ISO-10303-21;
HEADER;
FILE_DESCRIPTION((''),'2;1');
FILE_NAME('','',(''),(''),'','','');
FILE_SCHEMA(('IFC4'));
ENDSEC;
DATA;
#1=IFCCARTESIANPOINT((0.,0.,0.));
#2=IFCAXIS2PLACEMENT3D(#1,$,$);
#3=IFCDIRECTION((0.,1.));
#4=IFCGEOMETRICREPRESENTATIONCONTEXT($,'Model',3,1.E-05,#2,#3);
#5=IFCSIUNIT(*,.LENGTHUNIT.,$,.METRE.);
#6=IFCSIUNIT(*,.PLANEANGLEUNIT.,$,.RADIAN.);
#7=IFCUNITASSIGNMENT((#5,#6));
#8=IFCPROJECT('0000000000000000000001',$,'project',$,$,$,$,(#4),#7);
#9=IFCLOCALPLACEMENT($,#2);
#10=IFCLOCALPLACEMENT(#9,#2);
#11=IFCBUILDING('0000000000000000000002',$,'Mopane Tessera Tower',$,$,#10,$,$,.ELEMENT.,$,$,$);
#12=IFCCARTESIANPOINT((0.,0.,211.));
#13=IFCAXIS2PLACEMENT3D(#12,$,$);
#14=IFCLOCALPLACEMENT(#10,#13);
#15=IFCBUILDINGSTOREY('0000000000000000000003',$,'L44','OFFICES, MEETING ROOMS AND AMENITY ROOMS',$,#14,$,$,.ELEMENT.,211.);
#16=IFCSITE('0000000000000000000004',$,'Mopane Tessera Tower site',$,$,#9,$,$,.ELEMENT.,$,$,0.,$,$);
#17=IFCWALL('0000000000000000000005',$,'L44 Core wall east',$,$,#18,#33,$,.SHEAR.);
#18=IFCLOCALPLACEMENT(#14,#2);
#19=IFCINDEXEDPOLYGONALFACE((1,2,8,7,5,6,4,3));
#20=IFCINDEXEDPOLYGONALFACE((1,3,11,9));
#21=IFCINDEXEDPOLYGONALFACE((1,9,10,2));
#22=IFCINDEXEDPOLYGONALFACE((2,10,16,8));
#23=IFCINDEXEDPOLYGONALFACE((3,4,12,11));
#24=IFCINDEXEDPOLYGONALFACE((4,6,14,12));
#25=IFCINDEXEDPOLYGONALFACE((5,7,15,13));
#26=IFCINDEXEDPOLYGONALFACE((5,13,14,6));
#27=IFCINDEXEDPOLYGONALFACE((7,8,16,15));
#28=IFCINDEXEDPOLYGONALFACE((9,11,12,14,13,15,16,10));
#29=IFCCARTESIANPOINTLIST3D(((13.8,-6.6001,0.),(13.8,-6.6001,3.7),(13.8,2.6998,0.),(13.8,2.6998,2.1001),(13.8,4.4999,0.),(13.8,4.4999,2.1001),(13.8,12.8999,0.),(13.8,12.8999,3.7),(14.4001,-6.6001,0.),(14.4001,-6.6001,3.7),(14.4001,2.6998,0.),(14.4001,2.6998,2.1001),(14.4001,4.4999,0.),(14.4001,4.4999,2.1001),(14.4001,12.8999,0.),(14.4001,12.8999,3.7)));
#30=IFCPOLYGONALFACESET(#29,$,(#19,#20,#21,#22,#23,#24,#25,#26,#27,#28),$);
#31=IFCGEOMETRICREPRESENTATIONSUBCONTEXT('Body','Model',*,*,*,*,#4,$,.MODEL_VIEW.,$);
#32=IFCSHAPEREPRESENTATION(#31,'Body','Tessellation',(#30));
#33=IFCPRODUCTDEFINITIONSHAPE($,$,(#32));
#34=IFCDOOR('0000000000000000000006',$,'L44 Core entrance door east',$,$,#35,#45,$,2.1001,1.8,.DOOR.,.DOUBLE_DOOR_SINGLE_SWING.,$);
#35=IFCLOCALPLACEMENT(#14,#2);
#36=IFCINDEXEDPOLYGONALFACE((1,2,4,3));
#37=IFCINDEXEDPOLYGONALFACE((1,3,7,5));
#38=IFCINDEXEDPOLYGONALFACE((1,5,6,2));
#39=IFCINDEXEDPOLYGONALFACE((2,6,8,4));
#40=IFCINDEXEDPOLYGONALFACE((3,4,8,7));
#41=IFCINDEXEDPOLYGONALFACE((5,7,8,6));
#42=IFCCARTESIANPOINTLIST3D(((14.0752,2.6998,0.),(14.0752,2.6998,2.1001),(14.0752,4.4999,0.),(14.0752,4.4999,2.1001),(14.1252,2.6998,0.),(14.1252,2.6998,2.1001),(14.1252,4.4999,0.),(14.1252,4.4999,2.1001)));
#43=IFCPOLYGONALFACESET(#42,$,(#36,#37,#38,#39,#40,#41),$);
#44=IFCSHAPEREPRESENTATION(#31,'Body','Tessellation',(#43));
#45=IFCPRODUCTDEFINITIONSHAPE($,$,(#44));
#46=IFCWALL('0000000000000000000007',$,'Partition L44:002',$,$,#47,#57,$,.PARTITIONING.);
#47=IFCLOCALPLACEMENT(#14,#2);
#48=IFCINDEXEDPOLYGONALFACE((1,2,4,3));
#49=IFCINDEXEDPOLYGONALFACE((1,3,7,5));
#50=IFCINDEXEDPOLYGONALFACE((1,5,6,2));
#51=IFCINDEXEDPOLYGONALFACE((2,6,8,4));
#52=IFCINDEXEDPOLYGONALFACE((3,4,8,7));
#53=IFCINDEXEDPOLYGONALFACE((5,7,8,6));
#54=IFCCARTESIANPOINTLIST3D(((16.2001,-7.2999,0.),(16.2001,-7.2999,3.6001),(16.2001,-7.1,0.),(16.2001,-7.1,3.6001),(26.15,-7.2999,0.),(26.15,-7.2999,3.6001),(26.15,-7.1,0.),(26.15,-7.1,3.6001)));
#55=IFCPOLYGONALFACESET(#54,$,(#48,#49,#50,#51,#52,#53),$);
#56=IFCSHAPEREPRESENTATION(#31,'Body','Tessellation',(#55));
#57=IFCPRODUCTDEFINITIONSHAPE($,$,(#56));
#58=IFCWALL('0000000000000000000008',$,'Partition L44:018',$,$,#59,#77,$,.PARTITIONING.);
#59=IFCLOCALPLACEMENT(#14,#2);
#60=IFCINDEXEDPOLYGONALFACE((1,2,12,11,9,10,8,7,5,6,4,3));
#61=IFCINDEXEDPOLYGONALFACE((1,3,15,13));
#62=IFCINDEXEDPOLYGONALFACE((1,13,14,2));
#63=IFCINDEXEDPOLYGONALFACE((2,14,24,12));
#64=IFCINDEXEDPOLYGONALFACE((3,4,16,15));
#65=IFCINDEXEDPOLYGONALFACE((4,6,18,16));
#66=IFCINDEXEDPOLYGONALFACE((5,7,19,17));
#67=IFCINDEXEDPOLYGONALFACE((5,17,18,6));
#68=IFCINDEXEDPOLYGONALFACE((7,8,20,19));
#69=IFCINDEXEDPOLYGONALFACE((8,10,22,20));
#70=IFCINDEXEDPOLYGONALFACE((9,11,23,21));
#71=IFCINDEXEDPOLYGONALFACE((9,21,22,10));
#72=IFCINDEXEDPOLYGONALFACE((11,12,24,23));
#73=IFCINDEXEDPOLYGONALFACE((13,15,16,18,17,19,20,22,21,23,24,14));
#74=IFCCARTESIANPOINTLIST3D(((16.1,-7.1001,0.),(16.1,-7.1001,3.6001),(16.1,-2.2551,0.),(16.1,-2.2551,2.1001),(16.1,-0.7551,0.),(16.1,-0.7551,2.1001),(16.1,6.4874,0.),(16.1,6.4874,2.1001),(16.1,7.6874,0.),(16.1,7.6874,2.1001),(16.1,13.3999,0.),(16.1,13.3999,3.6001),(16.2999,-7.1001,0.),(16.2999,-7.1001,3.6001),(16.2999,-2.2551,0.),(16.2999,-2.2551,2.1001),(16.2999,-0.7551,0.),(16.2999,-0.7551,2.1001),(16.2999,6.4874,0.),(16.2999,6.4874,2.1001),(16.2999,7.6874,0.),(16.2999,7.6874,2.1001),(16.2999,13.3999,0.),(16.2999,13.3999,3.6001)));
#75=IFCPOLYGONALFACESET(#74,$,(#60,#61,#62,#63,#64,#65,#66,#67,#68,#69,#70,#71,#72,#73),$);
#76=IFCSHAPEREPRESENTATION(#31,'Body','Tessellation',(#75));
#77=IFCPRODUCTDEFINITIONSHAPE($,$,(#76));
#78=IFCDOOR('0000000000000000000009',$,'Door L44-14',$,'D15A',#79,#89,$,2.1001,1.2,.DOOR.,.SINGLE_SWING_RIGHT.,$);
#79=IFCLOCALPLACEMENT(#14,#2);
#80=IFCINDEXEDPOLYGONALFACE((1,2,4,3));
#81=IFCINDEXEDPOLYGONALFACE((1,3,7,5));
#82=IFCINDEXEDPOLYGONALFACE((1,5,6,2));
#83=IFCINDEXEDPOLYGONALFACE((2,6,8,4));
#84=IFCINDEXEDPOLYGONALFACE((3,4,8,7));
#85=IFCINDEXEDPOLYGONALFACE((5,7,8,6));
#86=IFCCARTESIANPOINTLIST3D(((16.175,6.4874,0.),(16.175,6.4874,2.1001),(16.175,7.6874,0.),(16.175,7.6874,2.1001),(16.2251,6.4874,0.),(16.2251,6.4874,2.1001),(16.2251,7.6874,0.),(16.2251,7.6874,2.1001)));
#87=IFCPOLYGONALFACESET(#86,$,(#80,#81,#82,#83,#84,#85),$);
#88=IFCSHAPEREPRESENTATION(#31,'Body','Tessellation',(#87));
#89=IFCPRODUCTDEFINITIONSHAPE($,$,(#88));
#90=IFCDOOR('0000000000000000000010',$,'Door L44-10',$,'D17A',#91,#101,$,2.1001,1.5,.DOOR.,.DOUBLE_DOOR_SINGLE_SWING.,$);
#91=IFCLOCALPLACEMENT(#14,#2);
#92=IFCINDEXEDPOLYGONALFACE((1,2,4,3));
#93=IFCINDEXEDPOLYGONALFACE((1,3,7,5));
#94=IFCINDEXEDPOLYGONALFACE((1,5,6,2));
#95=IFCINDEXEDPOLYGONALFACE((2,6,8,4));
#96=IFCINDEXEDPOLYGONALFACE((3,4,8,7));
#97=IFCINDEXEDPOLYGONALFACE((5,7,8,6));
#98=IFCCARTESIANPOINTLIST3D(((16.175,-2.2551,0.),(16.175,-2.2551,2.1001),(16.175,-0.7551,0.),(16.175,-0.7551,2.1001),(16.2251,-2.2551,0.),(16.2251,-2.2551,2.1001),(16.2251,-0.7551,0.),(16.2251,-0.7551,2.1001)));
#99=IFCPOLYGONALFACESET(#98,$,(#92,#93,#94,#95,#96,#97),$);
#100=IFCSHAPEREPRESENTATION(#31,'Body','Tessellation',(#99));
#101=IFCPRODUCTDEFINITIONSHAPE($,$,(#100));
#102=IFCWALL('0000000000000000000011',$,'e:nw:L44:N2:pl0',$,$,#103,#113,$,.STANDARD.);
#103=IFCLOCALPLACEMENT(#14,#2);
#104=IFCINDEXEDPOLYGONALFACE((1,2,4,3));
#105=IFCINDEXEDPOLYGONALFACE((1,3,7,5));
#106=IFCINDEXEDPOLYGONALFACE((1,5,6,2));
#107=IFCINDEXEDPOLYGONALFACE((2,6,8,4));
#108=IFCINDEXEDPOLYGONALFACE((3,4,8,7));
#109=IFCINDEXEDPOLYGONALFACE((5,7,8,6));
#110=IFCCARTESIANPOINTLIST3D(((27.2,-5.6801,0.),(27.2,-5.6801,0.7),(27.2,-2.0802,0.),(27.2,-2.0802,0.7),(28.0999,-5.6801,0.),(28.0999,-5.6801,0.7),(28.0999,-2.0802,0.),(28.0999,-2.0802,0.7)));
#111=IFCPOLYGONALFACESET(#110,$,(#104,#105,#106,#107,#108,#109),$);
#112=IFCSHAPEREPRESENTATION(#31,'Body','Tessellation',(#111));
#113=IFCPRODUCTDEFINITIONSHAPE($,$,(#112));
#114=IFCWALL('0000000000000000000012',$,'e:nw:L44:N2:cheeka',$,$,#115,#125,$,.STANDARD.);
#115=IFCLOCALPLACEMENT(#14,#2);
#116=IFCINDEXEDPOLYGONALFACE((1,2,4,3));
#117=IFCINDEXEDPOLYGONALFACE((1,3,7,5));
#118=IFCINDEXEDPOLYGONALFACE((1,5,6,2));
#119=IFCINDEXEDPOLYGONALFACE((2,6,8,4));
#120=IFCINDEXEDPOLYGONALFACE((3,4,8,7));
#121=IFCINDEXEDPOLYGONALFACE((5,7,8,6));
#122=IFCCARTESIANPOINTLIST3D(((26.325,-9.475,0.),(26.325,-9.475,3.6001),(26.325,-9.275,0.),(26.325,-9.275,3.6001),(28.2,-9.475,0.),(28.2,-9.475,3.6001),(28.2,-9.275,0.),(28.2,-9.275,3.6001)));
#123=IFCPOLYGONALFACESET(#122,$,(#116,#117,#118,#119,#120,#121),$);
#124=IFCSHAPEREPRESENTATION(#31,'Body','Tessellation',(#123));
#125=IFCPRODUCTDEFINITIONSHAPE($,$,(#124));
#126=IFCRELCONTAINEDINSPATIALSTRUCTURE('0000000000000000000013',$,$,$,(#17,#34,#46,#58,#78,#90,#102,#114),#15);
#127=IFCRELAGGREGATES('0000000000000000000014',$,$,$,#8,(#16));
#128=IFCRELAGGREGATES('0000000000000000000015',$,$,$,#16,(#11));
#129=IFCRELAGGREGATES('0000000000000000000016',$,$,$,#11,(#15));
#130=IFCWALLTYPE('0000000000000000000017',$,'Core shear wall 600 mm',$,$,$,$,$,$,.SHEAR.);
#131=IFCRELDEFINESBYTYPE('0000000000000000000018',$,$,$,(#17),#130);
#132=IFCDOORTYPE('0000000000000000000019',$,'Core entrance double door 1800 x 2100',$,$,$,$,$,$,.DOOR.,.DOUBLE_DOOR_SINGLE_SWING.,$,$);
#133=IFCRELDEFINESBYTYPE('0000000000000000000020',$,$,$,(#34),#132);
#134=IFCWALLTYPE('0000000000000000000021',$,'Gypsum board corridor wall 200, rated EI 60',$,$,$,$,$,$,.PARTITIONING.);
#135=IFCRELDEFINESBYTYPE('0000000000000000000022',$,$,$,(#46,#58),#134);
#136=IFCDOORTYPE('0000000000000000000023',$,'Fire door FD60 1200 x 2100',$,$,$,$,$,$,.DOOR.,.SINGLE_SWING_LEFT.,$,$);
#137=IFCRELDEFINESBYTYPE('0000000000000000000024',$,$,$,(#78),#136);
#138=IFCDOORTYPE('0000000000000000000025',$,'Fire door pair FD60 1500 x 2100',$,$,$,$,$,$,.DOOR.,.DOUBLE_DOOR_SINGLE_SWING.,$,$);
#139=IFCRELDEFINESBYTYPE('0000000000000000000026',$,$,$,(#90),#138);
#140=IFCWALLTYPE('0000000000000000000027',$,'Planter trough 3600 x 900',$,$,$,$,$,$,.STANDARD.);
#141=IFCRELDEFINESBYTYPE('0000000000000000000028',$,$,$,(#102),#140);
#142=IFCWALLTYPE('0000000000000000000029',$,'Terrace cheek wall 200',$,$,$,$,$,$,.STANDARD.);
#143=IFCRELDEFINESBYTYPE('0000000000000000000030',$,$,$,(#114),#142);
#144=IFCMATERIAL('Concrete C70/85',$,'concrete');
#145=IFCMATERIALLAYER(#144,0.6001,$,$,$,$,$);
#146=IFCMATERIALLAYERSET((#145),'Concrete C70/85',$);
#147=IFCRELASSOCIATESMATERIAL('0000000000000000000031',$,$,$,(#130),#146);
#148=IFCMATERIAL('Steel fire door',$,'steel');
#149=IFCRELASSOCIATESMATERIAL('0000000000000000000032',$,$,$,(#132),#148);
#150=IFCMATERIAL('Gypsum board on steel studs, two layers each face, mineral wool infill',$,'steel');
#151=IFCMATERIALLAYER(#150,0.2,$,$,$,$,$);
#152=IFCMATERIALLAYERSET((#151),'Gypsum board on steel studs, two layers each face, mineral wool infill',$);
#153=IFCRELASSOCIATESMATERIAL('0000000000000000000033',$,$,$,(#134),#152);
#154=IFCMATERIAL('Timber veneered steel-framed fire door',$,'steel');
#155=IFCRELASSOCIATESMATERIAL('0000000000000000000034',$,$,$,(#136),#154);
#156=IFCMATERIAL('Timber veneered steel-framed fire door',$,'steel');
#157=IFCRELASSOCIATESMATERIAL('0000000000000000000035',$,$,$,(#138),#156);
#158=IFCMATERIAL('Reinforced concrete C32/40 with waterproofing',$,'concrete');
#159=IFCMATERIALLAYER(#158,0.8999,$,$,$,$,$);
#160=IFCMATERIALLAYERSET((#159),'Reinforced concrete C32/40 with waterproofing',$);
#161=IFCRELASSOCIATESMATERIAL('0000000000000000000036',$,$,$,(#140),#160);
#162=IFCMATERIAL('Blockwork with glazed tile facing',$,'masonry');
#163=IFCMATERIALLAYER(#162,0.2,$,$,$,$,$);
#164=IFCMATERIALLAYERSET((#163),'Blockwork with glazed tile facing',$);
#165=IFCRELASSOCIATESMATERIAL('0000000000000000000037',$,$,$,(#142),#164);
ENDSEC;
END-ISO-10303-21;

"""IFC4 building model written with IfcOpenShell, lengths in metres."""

from ifc_helpers import new_model, si_unit, direction, frame, frame_2d, origin, place, context, subcontext, project, spatial, rectangle, extrude, material, layer, layer_set, type_object, element, fill, save


model = new_model("IFC4")

# Units and contexts
model_context = context("Model", 3, precision=1e-05, world=origin(), true_north=direction((0.0, 1.0)))
body_context = subcontext(model_context, "Body", "Model", "MODEL_VIEW")
ifc_project = project(units=[si_unit("LENGTHUNIT", "METRE"), si_unit("PLANEANGLEUNIT", "RADIAN")], contexts=[model_context])

# Site, building, storey
site_placement = place(None, origin())
site = spatial("IfcSite", under=ifc_project, at=site_placement, Name="Mopane Tessera Tower site", CompositionType="ELEMENT", RefElevation=0.0)
building_placement = place(site_placement, origin())
building = spatial("IfcBuilding", under=site, at=building_placement, Name="Mopane Tessera Tower", CompositionType="ELEMENT")
storey_placement = place(building_placement, frame((0.0, 0.0, 211.0)))
storey = spatial("IfcBuildingStorey", under=building, at=storey_placement, Name="L44", Description="OFFICES, MEETING ROOMS AND AMENITY ROOMS", CompositionType="ELEMENT", Elevation=211.0)

# Wall, opening, door
ifc_material_1 = material(Name="Concrete C70/85", Category="concrete")
ifc_layer_1 = layer(ifc_material_1, 0.6001)
ifc_layer_set_1 = layer_set([ifc_layer_1], Name="Concrete C70/85")
wall_type_1 = type_object("IfcWallType", Name="Core shear wall 600 mm", PredefinedType="SHEAR", material=ifc_layer_set_1)
wall_1_placement = place(storey_placement, frame((14.1001, -6.6001, 0.0), z_axis=(0.0, 0.0, 1.0), x_axis=(0.0, 1.0, 0.0)))
wall_1 = element("IfcWall", 1, at=wall_1_placement, inside=storey, type_object=wall_type_1, Name="L44 Core wall east", PredefinedType="SHEAR", context=body_context, shape_type="SweptSolid", body=[
    extrude(rectangle(XDim=19.5, YDim=0.6001, at=frame_2d((9.75, 0.0))), origin(), (0.0, 0.0, 1.0), 3.7),
])
opening_1_placement = place(wall_1_placement, frame((9.3, 0.0, 0.0)))
opening_1 = element("IfcOpeningElement", 2, at=opening_1_placement, cuts=wall_1, PredefinedType="OPENING", context=body_context, shape_type="SweptSolid", body=[
    extrude(rectangle(XDim=1.8, YDim=2.1001, at=frame_2d((0.8999, 1.05))), frame((0.0, 0.312, 0.0), z_axis=(0.0, -1.0, 0.0), x_axis=(1.0, 0.0, 0.0)), (0.0, 0.0, 1.0), 0.624),
])
ifc_material_2 = material(Name="Steel fire door", Category="steel")
door_type_1 = type_object("IfcDoorType", Name="Core entrance double door 1800 x 2100", OperationType="DOUBLE_DOOR_SINGLE_SWING", PredefinedType="DOOR", material=ifc_material_2)
door_1_placement = place(opening_1_placement, origin())
door_1 = element("IfcDoor", 3, at=door_1_placement, inside=storey, type_object=door_type_1, Name="L44 Core entrance door east", OperationType="DOUBLE_DOOR_SINGLE_SWING", OverallHeight=2.1001, OverallWidth=1.8, PredefinedType="DOOR", context=body_context, shape_type="SweptSolid", body=[
    extrude(rectangle(XDim=1.8, YDim=2.1001, at=frame_2d((0.8999, 1.05))), frame((0.0, 0.0249, 0.0), z_axis=(0.0, -1.0, 0.0), x_axis=(1.0, 0.0, 0.0)), (0.0, 0.0, 1.0), 0.05),
])
fill(opening_1, door_1)

# Wall
ifc_material_3 = material(Name="Gypsum board on steel studs, two layers each face, mineral wool infill", Category="steel")
ifc_layer_2 = layer(ifc_material_3, 0.2)
ifc_layer_set_2 = layer_set([ifc_layer_2], Name="Gypsum board on steel studs, two layers each face, mineral wool infill")
wall_type_2 = type_object("IfcWallType", Name="Gypsum board corridor wall 200, rated EI 60", PredefinedType="PARTITIONING", material=ifc_layer_set_2)
wall_2_placement = place(storey_placement, frame((16.2, -7.2, 0.0), z_axis=(0.0, 0.0, 1.0), x_axis=(1.0, 0.0, 0.0)))
element("IfcWall", 4, at=wall_2_placement, inside=storey, type_object=wall_type_2, Name="Partition L44:002", PredefinedType="PARTITIONING", context=body_context, shape_type="SweptSolid", body=[
    extrude(rectangle(XDim=9.95, YDim=0.2, at=frame_2d((4.9751, 0.0))), origin(), (0.0, 0.0, 1.0), 3.6001),
])

# Wall, openings, doors
wall_3_placement = place(storey_placement, frame((16.2, -7.1001, 0.0), z_axis=(0.0, 0.0, 1.0), x_axis=(0.0, 1.0, 0.0)))
wall_3 = element("IfcWall", 5, at=wall_3_placement, inside=storey, type_object=wall_type_2, Name="Partition L44:018", PredefinedType="PARTITIONING", context=body_context, shape_type="SweptSolid", body=[
    extrude(rectangle(XDim=20.5, YDim=0.2, at=frame_2d((10.25, 0.0))), origin(), (0.0, 0.0, 1.0), 3.6001),
])
opening_2_placement = place(wall_3_placement, frame((4.845, 0.0, 0.0)))
opening_2 = element("IfcOpeningElement", 6, at=opening_2_placement, cuts=wall_3, PredefinedType="OPENING", context=body_context, shape_type="SweptSolid", body=[
    extrude(rectangle(XDim=1.5, YDim=2.1001, at=frame_2d((0.75, 1.05))), frame((0.0, 0.1121, 0.0), z_axis=(0.0, -1.0, 0.0), x_axis=(1.0, 0.0, 0.0)), (0.0, 0.0, 1.0), 0.2239),
])
opening_3_placement = place(wall_3_placement, frame((13.5874, 0.0, 0.0)))
opening_3 = element("IfcOpeningElement", 7, at=opening_3_placement, cuts=wall_3, PredefinedType="OPENING", context=body_context, shape_type="SweptSolid", body=[
    extrude(rectangle(XDim=1.2, YDim=2.1001, at=frame_2d((0.6001, 1.05))), frame((0.0, 0.1121, 0.0), z_axis=(0.0, -1.0, 0.0), x_axis=(1.0, 0.0, 0.0)), (0.0, 0.0, 1.0), 0.2239),
])
ifc_material_4 = material(Name="Timber veneered steel-framed fire door", Category="steel")
door_type_2 = type_object("IfcDoorType", Name="Fire door FD60 1200 x 2100", OperationType="SINGLE_SWING_LEFT", PredefinedType="DOOR", material=ifc_material_4)
door_2_placement = place(opening_3_placement, origin())
door_2 = element("IfcDoor", 8, at=door_2_placement, inside=storey, type_object=door_type_2, Name="Door L44-14", ObjectType="D15A", OperationType="SINGLE_SWING_RIGHT", OverallHeight=2.1001, OverallWidth=1.2, PredefinedType="DOOR", context=body_context, shape_type="SweptSolid", body=[
    extrude(rectangle(XDim=1.2, YDim=2.1001, at=frame_2d((0.6001, 1.05))), frame((0.0, 0.0249, 0.0), z_axis=(0.0, -1.0, 0.0), x_axis=(1.0, 0.0, 0.0)), (0.0, 0.0, 1.0), 0.05),
])
fill(opening_3, door_2)
ifc_material_5 = material(Name="Timber veneered steel-framed fire door", Category="steel")
door_type_3 = type_object("IfcDoorType", Name="Fire door pair FD60 1500 x 2100", OperationType="DOUBLE_DOOR_SINGLE_SWING", PredefinedType="DOOR", material=ifc_material_5)
door_3_placement = place(opening_2_placement, origin())
door_3 = element("IfcDoor", 9, at=door_3_placement, inside=storey, type_object=door_type_3, Name="Door L44-10", ObjectType="D17A", OperationType="DOUBLE_DOOR_SINGLE_SWING", OverallHeight=2.1001, OverallWidth=1.5, PredefinedType="DOOR", context=body_context, shape_type="SweptSolid", body=[
    extrude(rectangle(XDim=1.5, YDim=2.1001, at=frame_2d((0.75, 1.05))), frame((0.0, 0.0249, 0.0), z_axis=(0.0, -1.0, 0.0), x_axis=(1.0, 0.0, 0.0)), (0.0, 0.0, 1.0), 0.05),
])
fill(opening_2, door_3)

# Walls
ifc_material_6 = material(Name="Reinforced concrete C32/40 with waterproofing", Category="concrete")
ifc_layer_3 = layer(ifc_material_6, 0.8999)
ifc_layer_set_3 = layer_set([ifc_layer_3], Name="Reinforced concrete C32/40 with waterproofing")
wall_type_3 = type_object("IfcWallType", Name="Planter trough 3600 x 900", PredefinedType="STANDARD", material=ifc_layer_set_3)
wall_4_placement = place(storey_placement, frame((27.6499, -5.6799, 0.0), z_axis=(0.0, 0.0, 1.0), x_axis=(0.0, 1.0, 0.0)))
element("IfcWall", 10, at=wall_4_placement, inside=storey, type_object=wall_type_3, Name="e:nw:L44:N2:pl0", PredefinedType="STANDARD", context=body_context, shape_type="SweptSolid", body=[
    extrude(rectangle(XDim=3.5999, YDim=0.8999, at=frame_2d((1.7998, 0.0))), origin(), (0.0, 0.0, 1.0), 0.7),
])
ifc_material_7 = material(Name="Blockwork with glazed tile facing", Category="masonry")
ifc_layer_4 = layer(ifc_material_7, 0.2)
ifc_layer_set_4 = layer_set([ifc_layer_4], Name="Blockwork with glazed tile facing")
wall_type_4 = type_object("IfcWallType", Name="Terrace cheek wall 200", PredefinedType="STANDARD", material=ifc_layer_set_4)
wall_5_placement = place(storey_placement, frame((28.2, -9.375, 0.0), z_axis=(0.0, 0.0, 1.0), x_axis=(-1.0, 0.0, 0.0)))
element("IfcWall", 11, at=wall_5_placement, inside=storey, type_object=wall_type_4, Name="e:nw:L44:N2:cheeka", PredefinedType="STANDARD", context=body_context, shape_type="SweptSolid", body=[
    extrude(rectangle(XDim=1.875, YDim=0.2, at=frame_2d((0.9375, 0.0))), origin(), (0.0, 0.0, 1.0), 3.6001),
])

save(model, "model.ifc")
